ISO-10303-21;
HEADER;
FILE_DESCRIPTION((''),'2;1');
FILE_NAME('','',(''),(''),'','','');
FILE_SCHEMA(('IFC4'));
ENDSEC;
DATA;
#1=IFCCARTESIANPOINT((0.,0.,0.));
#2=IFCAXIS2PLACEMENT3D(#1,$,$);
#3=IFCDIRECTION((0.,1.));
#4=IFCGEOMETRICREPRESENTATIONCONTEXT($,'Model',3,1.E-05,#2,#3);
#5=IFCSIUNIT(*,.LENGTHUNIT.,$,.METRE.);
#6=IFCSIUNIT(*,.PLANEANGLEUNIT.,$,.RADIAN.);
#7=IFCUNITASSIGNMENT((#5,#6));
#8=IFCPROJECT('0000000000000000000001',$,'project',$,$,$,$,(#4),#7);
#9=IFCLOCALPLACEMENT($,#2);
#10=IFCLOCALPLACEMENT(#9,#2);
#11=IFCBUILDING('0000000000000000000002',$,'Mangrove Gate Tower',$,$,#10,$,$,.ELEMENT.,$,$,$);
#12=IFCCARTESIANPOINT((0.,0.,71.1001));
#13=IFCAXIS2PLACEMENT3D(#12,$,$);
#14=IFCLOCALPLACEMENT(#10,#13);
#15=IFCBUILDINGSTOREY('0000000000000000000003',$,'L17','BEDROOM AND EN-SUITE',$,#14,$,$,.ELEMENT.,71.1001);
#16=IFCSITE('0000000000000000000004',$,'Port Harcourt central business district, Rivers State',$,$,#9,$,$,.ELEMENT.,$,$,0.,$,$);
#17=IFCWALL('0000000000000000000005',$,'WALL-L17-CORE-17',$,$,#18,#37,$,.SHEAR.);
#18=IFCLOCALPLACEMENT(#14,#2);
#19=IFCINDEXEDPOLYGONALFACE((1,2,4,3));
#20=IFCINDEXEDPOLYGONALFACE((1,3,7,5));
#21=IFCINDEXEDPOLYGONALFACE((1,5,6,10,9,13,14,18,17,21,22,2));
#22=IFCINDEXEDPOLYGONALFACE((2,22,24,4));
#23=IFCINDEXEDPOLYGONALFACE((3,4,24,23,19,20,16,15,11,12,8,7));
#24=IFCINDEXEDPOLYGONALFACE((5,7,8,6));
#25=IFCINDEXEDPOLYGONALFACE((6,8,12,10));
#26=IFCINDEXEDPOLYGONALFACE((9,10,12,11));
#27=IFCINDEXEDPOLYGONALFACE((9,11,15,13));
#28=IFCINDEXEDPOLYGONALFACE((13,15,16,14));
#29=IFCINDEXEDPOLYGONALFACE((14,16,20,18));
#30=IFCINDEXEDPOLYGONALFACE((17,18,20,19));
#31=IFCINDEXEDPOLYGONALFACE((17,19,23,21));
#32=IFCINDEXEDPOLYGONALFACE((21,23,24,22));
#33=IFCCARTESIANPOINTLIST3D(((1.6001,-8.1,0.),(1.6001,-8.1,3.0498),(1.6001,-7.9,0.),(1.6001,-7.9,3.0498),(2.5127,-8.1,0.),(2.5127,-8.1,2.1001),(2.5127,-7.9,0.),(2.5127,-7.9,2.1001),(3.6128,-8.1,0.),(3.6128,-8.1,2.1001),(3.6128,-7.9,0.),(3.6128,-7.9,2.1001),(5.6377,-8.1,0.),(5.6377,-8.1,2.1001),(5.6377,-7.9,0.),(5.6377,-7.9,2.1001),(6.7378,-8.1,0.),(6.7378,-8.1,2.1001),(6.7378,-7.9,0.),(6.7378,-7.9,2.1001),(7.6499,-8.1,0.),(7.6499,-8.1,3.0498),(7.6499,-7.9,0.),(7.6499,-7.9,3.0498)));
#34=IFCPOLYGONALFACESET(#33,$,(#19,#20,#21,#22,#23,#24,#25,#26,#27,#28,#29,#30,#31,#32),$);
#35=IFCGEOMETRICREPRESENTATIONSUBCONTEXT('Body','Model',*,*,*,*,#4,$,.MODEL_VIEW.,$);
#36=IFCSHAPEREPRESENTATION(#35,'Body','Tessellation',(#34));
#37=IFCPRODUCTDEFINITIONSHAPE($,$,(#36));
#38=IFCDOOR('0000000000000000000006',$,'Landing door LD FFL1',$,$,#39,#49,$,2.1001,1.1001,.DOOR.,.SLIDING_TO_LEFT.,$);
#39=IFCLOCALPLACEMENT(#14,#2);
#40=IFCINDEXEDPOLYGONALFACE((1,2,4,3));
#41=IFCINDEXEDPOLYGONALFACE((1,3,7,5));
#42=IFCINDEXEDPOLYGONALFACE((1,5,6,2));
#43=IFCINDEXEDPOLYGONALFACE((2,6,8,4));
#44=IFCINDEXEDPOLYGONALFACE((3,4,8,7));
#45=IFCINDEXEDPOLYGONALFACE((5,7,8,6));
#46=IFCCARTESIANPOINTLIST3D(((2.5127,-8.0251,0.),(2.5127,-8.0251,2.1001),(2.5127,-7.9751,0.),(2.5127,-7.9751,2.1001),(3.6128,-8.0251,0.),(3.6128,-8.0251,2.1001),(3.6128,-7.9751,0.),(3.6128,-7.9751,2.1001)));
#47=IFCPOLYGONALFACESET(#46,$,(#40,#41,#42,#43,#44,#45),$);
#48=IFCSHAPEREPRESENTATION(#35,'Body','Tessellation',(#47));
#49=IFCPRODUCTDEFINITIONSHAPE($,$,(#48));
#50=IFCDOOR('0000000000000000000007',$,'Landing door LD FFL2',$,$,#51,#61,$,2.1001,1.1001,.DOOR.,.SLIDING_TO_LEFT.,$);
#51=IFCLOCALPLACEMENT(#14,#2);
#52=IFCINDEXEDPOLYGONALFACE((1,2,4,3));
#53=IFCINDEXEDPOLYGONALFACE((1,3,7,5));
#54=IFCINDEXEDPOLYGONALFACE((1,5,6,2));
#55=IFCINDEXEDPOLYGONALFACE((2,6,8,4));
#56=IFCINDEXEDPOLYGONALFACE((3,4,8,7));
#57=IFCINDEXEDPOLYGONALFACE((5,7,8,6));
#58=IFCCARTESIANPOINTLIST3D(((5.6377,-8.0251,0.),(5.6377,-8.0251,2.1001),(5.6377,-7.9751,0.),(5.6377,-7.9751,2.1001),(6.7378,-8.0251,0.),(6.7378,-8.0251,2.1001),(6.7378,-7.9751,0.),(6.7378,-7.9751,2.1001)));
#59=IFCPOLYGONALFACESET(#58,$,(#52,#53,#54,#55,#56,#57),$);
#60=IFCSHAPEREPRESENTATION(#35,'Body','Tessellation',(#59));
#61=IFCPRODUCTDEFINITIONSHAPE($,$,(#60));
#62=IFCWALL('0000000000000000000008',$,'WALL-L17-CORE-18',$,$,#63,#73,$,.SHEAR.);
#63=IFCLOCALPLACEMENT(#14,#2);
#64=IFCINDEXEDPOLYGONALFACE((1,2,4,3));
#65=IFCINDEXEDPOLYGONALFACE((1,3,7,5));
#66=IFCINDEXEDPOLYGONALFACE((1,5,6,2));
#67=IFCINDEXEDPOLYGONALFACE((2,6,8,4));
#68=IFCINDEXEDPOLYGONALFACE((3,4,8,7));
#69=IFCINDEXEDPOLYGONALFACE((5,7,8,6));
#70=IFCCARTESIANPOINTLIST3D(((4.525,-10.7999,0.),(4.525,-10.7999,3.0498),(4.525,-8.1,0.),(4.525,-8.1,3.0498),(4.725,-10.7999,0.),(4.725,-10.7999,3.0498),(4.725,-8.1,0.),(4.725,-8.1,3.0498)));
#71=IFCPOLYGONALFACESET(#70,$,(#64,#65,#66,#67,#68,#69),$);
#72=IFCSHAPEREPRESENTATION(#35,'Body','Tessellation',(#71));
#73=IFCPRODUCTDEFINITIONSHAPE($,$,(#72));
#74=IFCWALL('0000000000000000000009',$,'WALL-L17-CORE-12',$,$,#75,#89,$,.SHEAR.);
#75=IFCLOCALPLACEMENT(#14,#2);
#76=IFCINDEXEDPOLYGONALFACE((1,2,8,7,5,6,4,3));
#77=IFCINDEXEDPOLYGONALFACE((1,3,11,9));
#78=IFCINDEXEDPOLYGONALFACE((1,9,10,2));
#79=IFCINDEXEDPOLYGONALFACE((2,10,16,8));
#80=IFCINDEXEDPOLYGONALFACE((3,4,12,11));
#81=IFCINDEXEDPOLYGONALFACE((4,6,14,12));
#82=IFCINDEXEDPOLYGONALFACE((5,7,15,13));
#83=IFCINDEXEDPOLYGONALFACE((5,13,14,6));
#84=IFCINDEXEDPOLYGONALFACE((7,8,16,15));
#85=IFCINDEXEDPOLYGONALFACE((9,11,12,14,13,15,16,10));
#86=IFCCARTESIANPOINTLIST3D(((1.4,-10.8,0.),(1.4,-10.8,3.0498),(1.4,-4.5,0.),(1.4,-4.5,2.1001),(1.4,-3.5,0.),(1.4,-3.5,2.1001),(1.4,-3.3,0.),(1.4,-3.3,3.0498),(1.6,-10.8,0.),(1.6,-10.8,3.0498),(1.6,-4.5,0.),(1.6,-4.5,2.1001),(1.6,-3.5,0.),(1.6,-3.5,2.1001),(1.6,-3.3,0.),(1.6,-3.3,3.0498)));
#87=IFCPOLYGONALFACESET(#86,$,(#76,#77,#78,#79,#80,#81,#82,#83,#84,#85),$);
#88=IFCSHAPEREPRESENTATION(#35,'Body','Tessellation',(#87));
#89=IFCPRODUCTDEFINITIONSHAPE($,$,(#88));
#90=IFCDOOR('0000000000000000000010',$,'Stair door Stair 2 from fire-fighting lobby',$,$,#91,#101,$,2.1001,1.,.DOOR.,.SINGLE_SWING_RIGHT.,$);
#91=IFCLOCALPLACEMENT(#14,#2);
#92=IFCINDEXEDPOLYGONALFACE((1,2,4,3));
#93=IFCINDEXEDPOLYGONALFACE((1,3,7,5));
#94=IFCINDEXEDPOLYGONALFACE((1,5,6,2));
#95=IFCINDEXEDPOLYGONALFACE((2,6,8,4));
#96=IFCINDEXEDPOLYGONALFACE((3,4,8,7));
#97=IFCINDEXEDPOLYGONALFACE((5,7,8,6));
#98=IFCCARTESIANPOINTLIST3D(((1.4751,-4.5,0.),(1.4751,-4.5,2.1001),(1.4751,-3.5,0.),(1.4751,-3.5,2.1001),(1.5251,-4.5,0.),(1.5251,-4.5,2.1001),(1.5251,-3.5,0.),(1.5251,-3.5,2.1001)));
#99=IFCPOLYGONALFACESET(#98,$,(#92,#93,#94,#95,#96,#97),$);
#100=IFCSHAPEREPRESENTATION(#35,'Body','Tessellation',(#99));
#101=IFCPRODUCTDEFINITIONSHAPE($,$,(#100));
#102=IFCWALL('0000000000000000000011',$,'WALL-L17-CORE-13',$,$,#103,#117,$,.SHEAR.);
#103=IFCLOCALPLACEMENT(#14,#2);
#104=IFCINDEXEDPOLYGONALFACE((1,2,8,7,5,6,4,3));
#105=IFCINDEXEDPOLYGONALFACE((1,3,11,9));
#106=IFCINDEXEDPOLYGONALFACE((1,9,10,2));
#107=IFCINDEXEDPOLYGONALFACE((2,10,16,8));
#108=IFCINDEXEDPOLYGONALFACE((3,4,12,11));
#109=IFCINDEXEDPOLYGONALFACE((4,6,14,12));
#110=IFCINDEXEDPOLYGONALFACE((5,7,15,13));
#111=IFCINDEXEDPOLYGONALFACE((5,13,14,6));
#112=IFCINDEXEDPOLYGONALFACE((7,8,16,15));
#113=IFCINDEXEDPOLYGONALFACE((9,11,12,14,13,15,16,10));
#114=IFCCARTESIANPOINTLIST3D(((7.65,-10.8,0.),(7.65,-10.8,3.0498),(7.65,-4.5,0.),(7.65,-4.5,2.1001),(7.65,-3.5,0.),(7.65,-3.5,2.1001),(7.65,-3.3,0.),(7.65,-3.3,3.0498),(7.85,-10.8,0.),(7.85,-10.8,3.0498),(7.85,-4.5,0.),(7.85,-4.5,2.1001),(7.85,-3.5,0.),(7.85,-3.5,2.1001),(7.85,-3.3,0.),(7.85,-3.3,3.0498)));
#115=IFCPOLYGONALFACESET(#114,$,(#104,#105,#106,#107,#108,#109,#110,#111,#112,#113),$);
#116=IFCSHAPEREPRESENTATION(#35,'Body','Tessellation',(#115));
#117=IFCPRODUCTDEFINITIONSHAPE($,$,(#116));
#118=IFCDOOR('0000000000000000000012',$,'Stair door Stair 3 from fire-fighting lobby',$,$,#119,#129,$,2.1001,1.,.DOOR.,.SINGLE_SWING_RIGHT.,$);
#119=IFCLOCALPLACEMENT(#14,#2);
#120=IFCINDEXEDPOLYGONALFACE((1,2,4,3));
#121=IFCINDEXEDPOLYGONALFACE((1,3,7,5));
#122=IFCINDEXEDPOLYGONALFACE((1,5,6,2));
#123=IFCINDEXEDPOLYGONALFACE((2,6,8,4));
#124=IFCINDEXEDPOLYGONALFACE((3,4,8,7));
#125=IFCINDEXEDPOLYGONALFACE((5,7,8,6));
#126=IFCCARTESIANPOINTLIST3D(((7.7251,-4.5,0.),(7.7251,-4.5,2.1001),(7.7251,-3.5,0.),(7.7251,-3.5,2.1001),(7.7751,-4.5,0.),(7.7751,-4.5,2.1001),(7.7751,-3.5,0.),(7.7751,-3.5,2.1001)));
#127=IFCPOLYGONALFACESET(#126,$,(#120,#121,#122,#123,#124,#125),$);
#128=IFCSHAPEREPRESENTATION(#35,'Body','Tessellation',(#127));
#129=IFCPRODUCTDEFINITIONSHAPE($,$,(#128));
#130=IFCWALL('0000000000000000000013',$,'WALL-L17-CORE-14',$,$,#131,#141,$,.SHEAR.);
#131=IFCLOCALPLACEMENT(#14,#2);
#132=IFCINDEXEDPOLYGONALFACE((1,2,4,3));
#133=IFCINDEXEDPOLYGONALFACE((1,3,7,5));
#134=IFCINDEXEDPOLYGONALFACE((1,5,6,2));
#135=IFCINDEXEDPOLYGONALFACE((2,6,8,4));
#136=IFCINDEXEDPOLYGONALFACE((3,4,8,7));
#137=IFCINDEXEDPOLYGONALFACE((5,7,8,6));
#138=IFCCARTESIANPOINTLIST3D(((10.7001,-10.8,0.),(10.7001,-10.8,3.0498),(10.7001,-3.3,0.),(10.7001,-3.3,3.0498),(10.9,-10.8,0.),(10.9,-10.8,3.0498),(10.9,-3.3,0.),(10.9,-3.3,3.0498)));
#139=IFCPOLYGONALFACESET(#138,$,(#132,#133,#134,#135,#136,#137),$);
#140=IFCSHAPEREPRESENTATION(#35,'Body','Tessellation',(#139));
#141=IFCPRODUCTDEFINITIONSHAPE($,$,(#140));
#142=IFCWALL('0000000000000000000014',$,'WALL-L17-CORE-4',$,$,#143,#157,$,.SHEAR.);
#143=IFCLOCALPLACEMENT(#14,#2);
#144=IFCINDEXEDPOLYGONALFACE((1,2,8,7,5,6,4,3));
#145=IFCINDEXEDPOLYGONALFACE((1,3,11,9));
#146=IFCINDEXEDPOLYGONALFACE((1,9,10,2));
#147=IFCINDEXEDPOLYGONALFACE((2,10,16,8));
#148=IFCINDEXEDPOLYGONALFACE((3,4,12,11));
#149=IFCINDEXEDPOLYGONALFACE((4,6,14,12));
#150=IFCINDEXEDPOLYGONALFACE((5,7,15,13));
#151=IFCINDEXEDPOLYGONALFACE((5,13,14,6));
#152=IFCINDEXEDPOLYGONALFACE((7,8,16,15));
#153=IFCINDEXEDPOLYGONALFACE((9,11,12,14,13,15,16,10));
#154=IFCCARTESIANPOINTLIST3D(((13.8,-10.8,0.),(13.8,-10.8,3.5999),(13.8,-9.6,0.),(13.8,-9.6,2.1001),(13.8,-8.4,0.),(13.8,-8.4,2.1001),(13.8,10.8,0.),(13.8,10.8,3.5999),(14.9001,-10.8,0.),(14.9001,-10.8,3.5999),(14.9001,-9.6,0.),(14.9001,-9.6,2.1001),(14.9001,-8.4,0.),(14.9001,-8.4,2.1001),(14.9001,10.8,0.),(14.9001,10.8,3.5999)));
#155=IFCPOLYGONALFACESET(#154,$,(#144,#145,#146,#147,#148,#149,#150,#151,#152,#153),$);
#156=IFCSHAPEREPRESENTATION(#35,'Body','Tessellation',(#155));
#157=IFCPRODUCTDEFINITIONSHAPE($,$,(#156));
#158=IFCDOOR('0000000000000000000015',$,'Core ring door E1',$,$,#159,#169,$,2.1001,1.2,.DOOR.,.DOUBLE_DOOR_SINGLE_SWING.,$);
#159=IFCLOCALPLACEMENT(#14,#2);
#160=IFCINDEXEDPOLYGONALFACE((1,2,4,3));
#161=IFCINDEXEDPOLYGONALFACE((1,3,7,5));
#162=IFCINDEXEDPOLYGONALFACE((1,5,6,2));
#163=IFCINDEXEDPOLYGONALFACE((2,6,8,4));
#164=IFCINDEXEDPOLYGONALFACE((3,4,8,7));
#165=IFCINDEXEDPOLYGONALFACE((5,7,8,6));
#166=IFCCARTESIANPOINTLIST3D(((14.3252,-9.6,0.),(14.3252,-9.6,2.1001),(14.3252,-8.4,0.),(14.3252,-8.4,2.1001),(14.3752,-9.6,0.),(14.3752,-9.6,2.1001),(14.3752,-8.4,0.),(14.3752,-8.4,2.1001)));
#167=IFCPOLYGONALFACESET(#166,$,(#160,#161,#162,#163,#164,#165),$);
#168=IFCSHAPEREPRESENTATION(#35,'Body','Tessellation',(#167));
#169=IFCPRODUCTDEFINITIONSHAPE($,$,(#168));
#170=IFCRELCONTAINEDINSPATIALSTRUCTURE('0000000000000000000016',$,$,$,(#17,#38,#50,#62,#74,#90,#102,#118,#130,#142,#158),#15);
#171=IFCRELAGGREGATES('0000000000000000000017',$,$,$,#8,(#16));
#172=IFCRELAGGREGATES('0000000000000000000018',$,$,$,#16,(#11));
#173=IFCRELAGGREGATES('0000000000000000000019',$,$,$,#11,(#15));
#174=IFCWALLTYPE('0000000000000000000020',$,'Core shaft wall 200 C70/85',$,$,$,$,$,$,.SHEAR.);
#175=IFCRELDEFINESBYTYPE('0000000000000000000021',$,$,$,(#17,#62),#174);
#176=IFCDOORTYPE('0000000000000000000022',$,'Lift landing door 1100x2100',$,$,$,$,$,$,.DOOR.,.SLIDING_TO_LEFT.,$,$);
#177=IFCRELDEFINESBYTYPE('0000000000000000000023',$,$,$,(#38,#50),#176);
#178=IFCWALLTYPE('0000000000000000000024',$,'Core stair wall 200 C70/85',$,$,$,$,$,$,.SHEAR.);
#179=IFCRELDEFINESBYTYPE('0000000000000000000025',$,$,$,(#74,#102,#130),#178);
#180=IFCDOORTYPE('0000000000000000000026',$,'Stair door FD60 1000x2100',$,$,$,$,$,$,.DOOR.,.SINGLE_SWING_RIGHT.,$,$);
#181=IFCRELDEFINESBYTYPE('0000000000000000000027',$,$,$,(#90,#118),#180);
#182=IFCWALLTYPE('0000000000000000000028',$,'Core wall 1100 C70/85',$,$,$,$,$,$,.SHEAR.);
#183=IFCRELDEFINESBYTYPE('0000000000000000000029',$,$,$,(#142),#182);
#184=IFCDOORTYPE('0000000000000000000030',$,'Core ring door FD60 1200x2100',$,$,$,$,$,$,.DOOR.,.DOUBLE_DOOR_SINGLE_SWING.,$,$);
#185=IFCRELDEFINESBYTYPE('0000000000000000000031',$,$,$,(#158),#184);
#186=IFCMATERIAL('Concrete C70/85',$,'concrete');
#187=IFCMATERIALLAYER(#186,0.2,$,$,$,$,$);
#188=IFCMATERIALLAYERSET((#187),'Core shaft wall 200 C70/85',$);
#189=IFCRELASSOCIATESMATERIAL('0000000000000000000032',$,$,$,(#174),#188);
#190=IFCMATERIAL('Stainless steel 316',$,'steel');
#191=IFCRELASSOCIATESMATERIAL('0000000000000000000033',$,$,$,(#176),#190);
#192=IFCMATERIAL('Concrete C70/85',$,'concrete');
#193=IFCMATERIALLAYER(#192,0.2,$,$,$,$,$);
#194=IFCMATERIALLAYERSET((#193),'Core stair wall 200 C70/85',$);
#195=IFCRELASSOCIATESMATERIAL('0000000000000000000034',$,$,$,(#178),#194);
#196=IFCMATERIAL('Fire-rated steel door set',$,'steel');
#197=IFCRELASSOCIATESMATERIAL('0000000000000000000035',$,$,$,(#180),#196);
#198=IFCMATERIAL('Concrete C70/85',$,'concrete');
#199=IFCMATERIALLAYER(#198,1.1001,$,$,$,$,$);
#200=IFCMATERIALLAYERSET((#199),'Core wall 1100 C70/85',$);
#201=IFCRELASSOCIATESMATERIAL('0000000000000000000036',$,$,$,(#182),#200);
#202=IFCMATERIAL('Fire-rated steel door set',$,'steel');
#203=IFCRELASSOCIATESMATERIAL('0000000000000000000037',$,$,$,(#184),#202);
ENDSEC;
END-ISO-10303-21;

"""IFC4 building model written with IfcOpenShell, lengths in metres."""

from ifc_helpers import new_model, si_unit, direction, frame, frame_2d, origin, place, context, subcontext, project, spatial, rectangle, extrude, material, layer, layer_set, type_object, element, fill, save


model = new_model("IFC4")

# Units and contexts
model_context = context("Model", 3, precision=1e-05, world=origin(), true_north=direction((0.0, 1.0)))
body_context = subcontext(model_context, "Body", "Model", "MODEL_VIEW")
ifc_project = project(units=[si_unit("LENGTHUNIT", "METRE"), si_unit("PLANEANGLEUNIT", "RADIAN")], contexts=[model_context])

# Site, building, storey
site_placement = place(None, origin())
site = spatial("IfcSite", under=ifc_project, at=site_placement, Name="Port Harcourt central business district, Rivers State", CompositionType="ELEMENT", RefElevation=0.0)
building_placement = place(site_placement, origin())
building = spatial("IfcBuilding", under=site, at=building_placement, Name="Mangrove Gate Tower", CompositionType="ELEMENT")
storey_placement = place(building_placement, frame((0.0, 0.0, 71.1001)))
storey = spatial("IfcBuildingStorey", under=building, at=storey_placement, Name="L17", Description="BEDROOM AND EN-SUITE", CompositionType="ELEMENT", Elevation=71.1001)

# Wall, openings, doors
ifc_material_1 = material(Name="Concrete C70/85", Category="concrete")
ifc_layer_1 = layer(ifc_material_1, 0.2)
ifc_layer_set_1 = layer_set([ifc_layer_1], Name="Core shaft wall 200 C70/85")
wall_type_1 = type_object("IfcWallType", Name="Core shaft wall 200 C70/85", PredefinedType="SHEAR", material=ifc_layer_set_1)
wall_1_placement = place(storey_placement, frame((1.6001, -8.0, 0.0), z_axis=(0.0, 0.0, 1.0), x_axis=(1.0, 0.0, 0.0)))
wall_1 = element("IfcWall", 1, at=wall_1_placement, inside=storey, type_object=wall_type_1, Name="WALL-L17-CORE-17", PredefinedType="SHEAR", context=body_context, shape_type="SweptSolid", body=[
    extrude(rectangle(XDim=6.0498, YDim=0.2, at=frame_2d((3.0249, 0.0))), origin(), (0.0, 0.0, 1.0), 3.0498),
])
opening_1_placement = place(wall_1_placement, frame((0.9126, 0.0, 0.0)))
opening_1 = element("IfcOpeningElement", 2, at=opening_1_placement, cuts=wall_1, PredefinedType="OPENING", context=body_context, shape_type="SweptSolid", body=[
    extrude(rectangle(XDim=1.1001, YDim=2.1001, at=frame_2d((0.55, 1.05))), frame((0.0, 0.1099, 0.0), z_axis=(0.0, -1.0, 0.0), x_axis=(1.0, 0.0, 0.0)), (0.0, 0.0, 1.0), 0.22),
])
opening_2_placement = place(wall_1_placement, frame((4.0376, 0.0, 0.0)))
opening_2 = element("IfcOpeningElement", 3, at=opening_2_placement, cuts=wall_1, PredefinedType="OPENING", context=body_context, shape_type="SweptSolid", body=[
    extrude(rectangle(XDim=1.1001, YDim=2.1001, at=frame_2d((0.55, 1.05))), frame((0.0, 0.1099, 0.0), z_axis=(0.0, -1.0, 0.0), x_axis=(1.0, 0.0, 0.0)), (0.0, 0.0, 1.0), 0.22),
])
ifc_material_2 = material(Name="Stainless steel 316", Category="steel")
door_type_1 = type_object("IfcDoorType", Name="Lift landing door 1100x2100", OperationType="SLIDING_TO_LEFT", PredefinedType="DOOR", material=ifc_material_2)
door_1_placement = place(opening_1_placement, origin())
door_1 = element("IfcDoor", 4, at=door_1_placement, inside=storey, type_object=door_type_1, Name="Landing door LD FFL1", OperationType="SLIDING_TO_LEFT", OverallHeight=2.1001, OverallWidth=1.1001, PredefinedType="DOOR", context=body_context, shape_type="SweptSolid", body=[
    extrude(rectangle(XDim=1.1001, YDim=2.1001, at=frame_2d((0.55, 1.05))), frame((0.0, 0.0249, 0.0), z_axis=(0.0, -1.0, 0.0), x_axis=(1.0, 0.0, 0.0)), (0.0, 0.0, 1.0), 0.05),
])
fill(opening_1, door_1)
door_2_placement = place(opening_2_placement, origin())
door_2 = element("IfcDoor", 5, at=door_2_placement, inside=storey, type_object=door_type_1, Name="Landing door LD FFL2", OperationType="SLIDING_TO_LEFT", OverallHeight=2.1001, OverallWidth=1.1001, PredefinedType="DOOR", context=body_context, shape_type="SweptSolid", body=[
    extrude(rectangle(XDim=1.1001, YDim=2.1001, at=frame_2d((0.55, 1.05))), frame((0.0, 0.0249, 0.0), z_axis=(0.0, -1.0, 0.0), x_axis=(1.0, 0.0, 0.0)), (0.0, 0.0, 1.0), 0.05),
])
fill(opening_2, door_2)

# Wall
wall_2_placement = place(storey_placement, frame((4.625, -10.8, 0.0), z_axis=(0.0, 0.0, 1.0), x_axis=(0.0, 1.0, 0.0)))
element("IfcWall", 6, at=wall_2_placement, inside=storey, type_object=wall_type_1, Name="WALL-L17-CORE-18", PredefinedType="SHEAR", context=body_context, shape_type="SweptSolid", body=[
    extrude(rectangle(XDim=2.7, YDim=0.2, at=frame_2d((1.3501, 0.0))), origin(), (0.0, 0.0, 1.0), 3.0498),
])

# Walls, openings, doors
ifc_material_3 = material(Name="Concrete C70/85", Category="concrete")
ifc_layer_2 = layer(ifc_material_3, 0.2)
ifc_layer_set_2 = layer_set([ifc_layer_2], Name="Core stair wall 200 C70/85")
wall_type_2 = type_object("IfcWallType", Name="Core stair wall 200 C70/85", PredefinedType="SHEAR", material=ifc_layer_set_2)
wall_3_placement = place(storey_placement, frame((1.5, -10.8, 0.0), z_axis=(0.0, 0.0, 1.0), x_axis=(0.0, 1.0, 0.0)))
wall_3 = element("IfcWall", 7, at=wall_3_placement, inside=storey, type_object=wall_type_2, Name="WALL-L17-CORE-12", PredefinedType="SHEAR", context=body_context, shape_type="SweptSolid", body=[
    extrude(rectangle(XDim=7.5, YDim=0.2, at=frame_2d((3.75, 0.0))), origin(), (0.0, 0.0, 1.0), 3.0498),
])
opening_3_placement = place(wall_3_placement, frame((6.3, 0.0, 0.0)))
opening_3 = element("IfcOpeningElement", 8, at=opening_3_placement, cuts=wall_3, PredefinedType="OPENING", context=body_context, shape_type="SweptSolid", body=[
    extrude(rectangle(XDim=1.0, YDim=2.1001, at=frame_2d((0.5, 1.05))), frame((0.0, 0.1099, 0.0), z_axis=(0.0, -1.0, 0.0), x_axis=(1.0, 0.0, 0.0)), (0.0, 0.0, 1.0), 0.22),
])
ifc_material_4 = material(Name="Fire-rated steel door set", Category="steel")
door_type_2 = type_object("IfcDoorType", Name="Stair door FD60 1000x2100", OperationType="SINGLE_SWING_RIGHT", PredefinedType="DOOR", material=ifc_material_4)
door_3_placement = place(opening_3_placement, origin())
door_3 = element("IfcDoor", 9, at=door_3_placement, inside=storey, type_object=door_type_2, Name="Stair door Stair 2 from fire-fighting lobby", OperationType="SINGLE_SWING_RIGHT", OverallHeight=2.1001, OverallWidth=1.0, PredefinedType="DOOR", context=body_context, shape_type="SweptSolid", body=[
    extrude(rectangle(XDim=1.0, YDim=2.1001, at=frame_2d((0.5, 1.05))), frame((0.0, 0.0249, 0.0), z_axis=(0.0, -1.0, 0.0), x_axis=(1.0, 0.0, 0.0)), (0.0, 0.0, 1.0), 0.05),
])
fill(opening_3, door_3)
wall_4_placement = place(storey_placement, frame((7.75, -10.8, 0.0), z_axis=(0.0, 0.0, 1.0), x_axis=(0.0, 1.0, 0.0)))
wall_4 = element("IfcWall", 10, at=wall_4_placement, inside=storey, type_object=wall_type_2, Name="WALL-L17-CORE-13", PredefinedType="SHEAR", context=body_context, shape_type="SweptSolid", body=[
    extrude(rectangle(XDim=7.5, YDim=0.2, at=frame_2d((3.75, 0.0))), origin(), (0.0, 0.0, 1.0), 3.0498),
])
opening_4_placement = place(wall_4_placement, frame((6.3, 0.0, 0.0)))
opening_4 = element("IfcOpeningElement", 11, at=opening_4_placement, cuts=wall_4, PredefinedType="OPENING", context=body_context, shape_type="SweptSolid", body=[
    extrude(rectangle(XDim=1.0, YDim=2.1001, at=frame_2d((0.5, 1.05))), frame((0.0, 0.1099, 0.0), z_axis=(0.0, -1.0, 0.0), x_axis=(1.0, 0.0, 0.0)), (0.0, 0.0, 1.0), 0.22),
])
door_4_placement = place(opening_4_placement, origin())
door_4 = element("IfcDoor", 12, at=door_4_placement, inside=storey, type_object=door_type_2, Name="Stair door Stair 3 from fire-fighting lobby", OperationType="SINGLE_SWING_RIGHT", OverallHeight=2.1001, OverallWidth=1.0, PredefinedType="DOOR", context=body_context, shape_type="SweptSolid", body=[
    extrude(rectangle(XDim=1.0, YDim=2.1001, at=frame_2d((0.5, 1.05))), frame((0.0, 0.0249, 0.0), z_axis=(0.0, -1.0, 0.0), x_axis=(1.0, 0.0, 0.0)), (0.0, 0.0, 1.0), 0.05),
])
fill(opening_4, door_4)

# Wall
wall_5_placement = place(storey_placement, frame((10.8, -10.8, 0.0), z_axis=(0.0, 0.0, 1.0), x_axis=(0.0, 1.0, 0.0)))
element("IfcWall", 13, at=wall_5_placement, inside=storey, type_object=wall_type_2, Name="WALL-L17-CORE-14", PredefinedType="SHEAR", context=body_context, shape_type="SweptSolid", body=[
    extrude(rectangle(XDim=7.5, YDim=0.2, at=frame_2d((3.75, 0.0))), origin(), (0.0, 0.0, 1.0), 3.0498),
])

# Wall, opening, door
ifc_material_5 = material(Name="Concrete C70/85", Category="concrete")
ifc_layer_3 = layer(ifc_material_5, 1.1001)
ifc_layer_set_3 = layer_set([ifc_layer_3], Name="Core wall 1100 C70/85")
wall_type_3 = type_object("IfcWallType", Name="Core wall 1100 C70/85", PredefinedType="SHEAR", material=ifc_layer_set_3)
wall_6_placement = place(storey_placement, frame((14.3501, -10.8, 0.0), z_axis=(0.0, 0.0, 1.0), x_axis=(0.0, 1.0, 0.0)))
wall_6 = element("IfcWall", 14, at=wall_6_placement, inside=storey, type_object=wall_type_3, Name="WALL-L17-CORE-4", PredefinedType="SHEAR", context=body_context, shape_type="SweptSolid", body=[
    extrude(rectangle(XDim=21.6001, YDim=1.1001, at=frame_2d((10.8, 0.0))), origin(), (0.0, 0.0, 1.0), 3.5999),
])
opening_5_placement = place(wall_6_placement, frame((1.2, 0.0, 0.0)))
opening_5 = element("IfcOpeningElement", 15, at=opening_5_placement, cuts=wall_6, PredefinedType="OPENING", context=body_context, shape_type="SweptSolid", body=[
    extrude(rectangle(XDim=1.2, YDim=2.1001, at=frame_2d((0.6001, 1.05))), frame((0.0, 0.5601, 0.0), z_axis=(0.0, -1.0, 0.0), x_axis=(1.0, 0.0, 0.0)), (0.0, 0.0, 1.0), 1.1201),
])
ifc_material_6 = material(Name="Fire-rated steel door set", Category="steel")
door_type_3 = type_object("IfcDoorType", Name="Core ring door FD60 1200x2100", OperationType="DOUBLE_DOOR_SINGLE_SWING", PredefinedType="DOOR", material=ifc_material_6)
door_5_placement = place(opening_5_placement, origin())
door_5 = element("IfcDoor", 16, at=door_5_placement, inside=storey, type_object=door_type_3, Name="Core ring door E1", OperationType="DOUBLE_DOOR_SINGLE_SWING", OverallHeight=2.1001, OverallWidth=1.2, PredefinedType="DOOR", context=body_context, shape_type="SweptSolid", body=[
    extrude(rectangle(XDim=1.2, YDim=2.1001, at=frame_2d((0.6001, 1.05))), frame((0.0, 0.0249, 0.0), z_axis=(0.0, -1.0, 0.0), x_axis=(1.0, 0.0, 0.0)), (0.0, 0.0, 1.0), 0.05),
])
fill(opening_5, door_5)

save(model, "model.ifc")
